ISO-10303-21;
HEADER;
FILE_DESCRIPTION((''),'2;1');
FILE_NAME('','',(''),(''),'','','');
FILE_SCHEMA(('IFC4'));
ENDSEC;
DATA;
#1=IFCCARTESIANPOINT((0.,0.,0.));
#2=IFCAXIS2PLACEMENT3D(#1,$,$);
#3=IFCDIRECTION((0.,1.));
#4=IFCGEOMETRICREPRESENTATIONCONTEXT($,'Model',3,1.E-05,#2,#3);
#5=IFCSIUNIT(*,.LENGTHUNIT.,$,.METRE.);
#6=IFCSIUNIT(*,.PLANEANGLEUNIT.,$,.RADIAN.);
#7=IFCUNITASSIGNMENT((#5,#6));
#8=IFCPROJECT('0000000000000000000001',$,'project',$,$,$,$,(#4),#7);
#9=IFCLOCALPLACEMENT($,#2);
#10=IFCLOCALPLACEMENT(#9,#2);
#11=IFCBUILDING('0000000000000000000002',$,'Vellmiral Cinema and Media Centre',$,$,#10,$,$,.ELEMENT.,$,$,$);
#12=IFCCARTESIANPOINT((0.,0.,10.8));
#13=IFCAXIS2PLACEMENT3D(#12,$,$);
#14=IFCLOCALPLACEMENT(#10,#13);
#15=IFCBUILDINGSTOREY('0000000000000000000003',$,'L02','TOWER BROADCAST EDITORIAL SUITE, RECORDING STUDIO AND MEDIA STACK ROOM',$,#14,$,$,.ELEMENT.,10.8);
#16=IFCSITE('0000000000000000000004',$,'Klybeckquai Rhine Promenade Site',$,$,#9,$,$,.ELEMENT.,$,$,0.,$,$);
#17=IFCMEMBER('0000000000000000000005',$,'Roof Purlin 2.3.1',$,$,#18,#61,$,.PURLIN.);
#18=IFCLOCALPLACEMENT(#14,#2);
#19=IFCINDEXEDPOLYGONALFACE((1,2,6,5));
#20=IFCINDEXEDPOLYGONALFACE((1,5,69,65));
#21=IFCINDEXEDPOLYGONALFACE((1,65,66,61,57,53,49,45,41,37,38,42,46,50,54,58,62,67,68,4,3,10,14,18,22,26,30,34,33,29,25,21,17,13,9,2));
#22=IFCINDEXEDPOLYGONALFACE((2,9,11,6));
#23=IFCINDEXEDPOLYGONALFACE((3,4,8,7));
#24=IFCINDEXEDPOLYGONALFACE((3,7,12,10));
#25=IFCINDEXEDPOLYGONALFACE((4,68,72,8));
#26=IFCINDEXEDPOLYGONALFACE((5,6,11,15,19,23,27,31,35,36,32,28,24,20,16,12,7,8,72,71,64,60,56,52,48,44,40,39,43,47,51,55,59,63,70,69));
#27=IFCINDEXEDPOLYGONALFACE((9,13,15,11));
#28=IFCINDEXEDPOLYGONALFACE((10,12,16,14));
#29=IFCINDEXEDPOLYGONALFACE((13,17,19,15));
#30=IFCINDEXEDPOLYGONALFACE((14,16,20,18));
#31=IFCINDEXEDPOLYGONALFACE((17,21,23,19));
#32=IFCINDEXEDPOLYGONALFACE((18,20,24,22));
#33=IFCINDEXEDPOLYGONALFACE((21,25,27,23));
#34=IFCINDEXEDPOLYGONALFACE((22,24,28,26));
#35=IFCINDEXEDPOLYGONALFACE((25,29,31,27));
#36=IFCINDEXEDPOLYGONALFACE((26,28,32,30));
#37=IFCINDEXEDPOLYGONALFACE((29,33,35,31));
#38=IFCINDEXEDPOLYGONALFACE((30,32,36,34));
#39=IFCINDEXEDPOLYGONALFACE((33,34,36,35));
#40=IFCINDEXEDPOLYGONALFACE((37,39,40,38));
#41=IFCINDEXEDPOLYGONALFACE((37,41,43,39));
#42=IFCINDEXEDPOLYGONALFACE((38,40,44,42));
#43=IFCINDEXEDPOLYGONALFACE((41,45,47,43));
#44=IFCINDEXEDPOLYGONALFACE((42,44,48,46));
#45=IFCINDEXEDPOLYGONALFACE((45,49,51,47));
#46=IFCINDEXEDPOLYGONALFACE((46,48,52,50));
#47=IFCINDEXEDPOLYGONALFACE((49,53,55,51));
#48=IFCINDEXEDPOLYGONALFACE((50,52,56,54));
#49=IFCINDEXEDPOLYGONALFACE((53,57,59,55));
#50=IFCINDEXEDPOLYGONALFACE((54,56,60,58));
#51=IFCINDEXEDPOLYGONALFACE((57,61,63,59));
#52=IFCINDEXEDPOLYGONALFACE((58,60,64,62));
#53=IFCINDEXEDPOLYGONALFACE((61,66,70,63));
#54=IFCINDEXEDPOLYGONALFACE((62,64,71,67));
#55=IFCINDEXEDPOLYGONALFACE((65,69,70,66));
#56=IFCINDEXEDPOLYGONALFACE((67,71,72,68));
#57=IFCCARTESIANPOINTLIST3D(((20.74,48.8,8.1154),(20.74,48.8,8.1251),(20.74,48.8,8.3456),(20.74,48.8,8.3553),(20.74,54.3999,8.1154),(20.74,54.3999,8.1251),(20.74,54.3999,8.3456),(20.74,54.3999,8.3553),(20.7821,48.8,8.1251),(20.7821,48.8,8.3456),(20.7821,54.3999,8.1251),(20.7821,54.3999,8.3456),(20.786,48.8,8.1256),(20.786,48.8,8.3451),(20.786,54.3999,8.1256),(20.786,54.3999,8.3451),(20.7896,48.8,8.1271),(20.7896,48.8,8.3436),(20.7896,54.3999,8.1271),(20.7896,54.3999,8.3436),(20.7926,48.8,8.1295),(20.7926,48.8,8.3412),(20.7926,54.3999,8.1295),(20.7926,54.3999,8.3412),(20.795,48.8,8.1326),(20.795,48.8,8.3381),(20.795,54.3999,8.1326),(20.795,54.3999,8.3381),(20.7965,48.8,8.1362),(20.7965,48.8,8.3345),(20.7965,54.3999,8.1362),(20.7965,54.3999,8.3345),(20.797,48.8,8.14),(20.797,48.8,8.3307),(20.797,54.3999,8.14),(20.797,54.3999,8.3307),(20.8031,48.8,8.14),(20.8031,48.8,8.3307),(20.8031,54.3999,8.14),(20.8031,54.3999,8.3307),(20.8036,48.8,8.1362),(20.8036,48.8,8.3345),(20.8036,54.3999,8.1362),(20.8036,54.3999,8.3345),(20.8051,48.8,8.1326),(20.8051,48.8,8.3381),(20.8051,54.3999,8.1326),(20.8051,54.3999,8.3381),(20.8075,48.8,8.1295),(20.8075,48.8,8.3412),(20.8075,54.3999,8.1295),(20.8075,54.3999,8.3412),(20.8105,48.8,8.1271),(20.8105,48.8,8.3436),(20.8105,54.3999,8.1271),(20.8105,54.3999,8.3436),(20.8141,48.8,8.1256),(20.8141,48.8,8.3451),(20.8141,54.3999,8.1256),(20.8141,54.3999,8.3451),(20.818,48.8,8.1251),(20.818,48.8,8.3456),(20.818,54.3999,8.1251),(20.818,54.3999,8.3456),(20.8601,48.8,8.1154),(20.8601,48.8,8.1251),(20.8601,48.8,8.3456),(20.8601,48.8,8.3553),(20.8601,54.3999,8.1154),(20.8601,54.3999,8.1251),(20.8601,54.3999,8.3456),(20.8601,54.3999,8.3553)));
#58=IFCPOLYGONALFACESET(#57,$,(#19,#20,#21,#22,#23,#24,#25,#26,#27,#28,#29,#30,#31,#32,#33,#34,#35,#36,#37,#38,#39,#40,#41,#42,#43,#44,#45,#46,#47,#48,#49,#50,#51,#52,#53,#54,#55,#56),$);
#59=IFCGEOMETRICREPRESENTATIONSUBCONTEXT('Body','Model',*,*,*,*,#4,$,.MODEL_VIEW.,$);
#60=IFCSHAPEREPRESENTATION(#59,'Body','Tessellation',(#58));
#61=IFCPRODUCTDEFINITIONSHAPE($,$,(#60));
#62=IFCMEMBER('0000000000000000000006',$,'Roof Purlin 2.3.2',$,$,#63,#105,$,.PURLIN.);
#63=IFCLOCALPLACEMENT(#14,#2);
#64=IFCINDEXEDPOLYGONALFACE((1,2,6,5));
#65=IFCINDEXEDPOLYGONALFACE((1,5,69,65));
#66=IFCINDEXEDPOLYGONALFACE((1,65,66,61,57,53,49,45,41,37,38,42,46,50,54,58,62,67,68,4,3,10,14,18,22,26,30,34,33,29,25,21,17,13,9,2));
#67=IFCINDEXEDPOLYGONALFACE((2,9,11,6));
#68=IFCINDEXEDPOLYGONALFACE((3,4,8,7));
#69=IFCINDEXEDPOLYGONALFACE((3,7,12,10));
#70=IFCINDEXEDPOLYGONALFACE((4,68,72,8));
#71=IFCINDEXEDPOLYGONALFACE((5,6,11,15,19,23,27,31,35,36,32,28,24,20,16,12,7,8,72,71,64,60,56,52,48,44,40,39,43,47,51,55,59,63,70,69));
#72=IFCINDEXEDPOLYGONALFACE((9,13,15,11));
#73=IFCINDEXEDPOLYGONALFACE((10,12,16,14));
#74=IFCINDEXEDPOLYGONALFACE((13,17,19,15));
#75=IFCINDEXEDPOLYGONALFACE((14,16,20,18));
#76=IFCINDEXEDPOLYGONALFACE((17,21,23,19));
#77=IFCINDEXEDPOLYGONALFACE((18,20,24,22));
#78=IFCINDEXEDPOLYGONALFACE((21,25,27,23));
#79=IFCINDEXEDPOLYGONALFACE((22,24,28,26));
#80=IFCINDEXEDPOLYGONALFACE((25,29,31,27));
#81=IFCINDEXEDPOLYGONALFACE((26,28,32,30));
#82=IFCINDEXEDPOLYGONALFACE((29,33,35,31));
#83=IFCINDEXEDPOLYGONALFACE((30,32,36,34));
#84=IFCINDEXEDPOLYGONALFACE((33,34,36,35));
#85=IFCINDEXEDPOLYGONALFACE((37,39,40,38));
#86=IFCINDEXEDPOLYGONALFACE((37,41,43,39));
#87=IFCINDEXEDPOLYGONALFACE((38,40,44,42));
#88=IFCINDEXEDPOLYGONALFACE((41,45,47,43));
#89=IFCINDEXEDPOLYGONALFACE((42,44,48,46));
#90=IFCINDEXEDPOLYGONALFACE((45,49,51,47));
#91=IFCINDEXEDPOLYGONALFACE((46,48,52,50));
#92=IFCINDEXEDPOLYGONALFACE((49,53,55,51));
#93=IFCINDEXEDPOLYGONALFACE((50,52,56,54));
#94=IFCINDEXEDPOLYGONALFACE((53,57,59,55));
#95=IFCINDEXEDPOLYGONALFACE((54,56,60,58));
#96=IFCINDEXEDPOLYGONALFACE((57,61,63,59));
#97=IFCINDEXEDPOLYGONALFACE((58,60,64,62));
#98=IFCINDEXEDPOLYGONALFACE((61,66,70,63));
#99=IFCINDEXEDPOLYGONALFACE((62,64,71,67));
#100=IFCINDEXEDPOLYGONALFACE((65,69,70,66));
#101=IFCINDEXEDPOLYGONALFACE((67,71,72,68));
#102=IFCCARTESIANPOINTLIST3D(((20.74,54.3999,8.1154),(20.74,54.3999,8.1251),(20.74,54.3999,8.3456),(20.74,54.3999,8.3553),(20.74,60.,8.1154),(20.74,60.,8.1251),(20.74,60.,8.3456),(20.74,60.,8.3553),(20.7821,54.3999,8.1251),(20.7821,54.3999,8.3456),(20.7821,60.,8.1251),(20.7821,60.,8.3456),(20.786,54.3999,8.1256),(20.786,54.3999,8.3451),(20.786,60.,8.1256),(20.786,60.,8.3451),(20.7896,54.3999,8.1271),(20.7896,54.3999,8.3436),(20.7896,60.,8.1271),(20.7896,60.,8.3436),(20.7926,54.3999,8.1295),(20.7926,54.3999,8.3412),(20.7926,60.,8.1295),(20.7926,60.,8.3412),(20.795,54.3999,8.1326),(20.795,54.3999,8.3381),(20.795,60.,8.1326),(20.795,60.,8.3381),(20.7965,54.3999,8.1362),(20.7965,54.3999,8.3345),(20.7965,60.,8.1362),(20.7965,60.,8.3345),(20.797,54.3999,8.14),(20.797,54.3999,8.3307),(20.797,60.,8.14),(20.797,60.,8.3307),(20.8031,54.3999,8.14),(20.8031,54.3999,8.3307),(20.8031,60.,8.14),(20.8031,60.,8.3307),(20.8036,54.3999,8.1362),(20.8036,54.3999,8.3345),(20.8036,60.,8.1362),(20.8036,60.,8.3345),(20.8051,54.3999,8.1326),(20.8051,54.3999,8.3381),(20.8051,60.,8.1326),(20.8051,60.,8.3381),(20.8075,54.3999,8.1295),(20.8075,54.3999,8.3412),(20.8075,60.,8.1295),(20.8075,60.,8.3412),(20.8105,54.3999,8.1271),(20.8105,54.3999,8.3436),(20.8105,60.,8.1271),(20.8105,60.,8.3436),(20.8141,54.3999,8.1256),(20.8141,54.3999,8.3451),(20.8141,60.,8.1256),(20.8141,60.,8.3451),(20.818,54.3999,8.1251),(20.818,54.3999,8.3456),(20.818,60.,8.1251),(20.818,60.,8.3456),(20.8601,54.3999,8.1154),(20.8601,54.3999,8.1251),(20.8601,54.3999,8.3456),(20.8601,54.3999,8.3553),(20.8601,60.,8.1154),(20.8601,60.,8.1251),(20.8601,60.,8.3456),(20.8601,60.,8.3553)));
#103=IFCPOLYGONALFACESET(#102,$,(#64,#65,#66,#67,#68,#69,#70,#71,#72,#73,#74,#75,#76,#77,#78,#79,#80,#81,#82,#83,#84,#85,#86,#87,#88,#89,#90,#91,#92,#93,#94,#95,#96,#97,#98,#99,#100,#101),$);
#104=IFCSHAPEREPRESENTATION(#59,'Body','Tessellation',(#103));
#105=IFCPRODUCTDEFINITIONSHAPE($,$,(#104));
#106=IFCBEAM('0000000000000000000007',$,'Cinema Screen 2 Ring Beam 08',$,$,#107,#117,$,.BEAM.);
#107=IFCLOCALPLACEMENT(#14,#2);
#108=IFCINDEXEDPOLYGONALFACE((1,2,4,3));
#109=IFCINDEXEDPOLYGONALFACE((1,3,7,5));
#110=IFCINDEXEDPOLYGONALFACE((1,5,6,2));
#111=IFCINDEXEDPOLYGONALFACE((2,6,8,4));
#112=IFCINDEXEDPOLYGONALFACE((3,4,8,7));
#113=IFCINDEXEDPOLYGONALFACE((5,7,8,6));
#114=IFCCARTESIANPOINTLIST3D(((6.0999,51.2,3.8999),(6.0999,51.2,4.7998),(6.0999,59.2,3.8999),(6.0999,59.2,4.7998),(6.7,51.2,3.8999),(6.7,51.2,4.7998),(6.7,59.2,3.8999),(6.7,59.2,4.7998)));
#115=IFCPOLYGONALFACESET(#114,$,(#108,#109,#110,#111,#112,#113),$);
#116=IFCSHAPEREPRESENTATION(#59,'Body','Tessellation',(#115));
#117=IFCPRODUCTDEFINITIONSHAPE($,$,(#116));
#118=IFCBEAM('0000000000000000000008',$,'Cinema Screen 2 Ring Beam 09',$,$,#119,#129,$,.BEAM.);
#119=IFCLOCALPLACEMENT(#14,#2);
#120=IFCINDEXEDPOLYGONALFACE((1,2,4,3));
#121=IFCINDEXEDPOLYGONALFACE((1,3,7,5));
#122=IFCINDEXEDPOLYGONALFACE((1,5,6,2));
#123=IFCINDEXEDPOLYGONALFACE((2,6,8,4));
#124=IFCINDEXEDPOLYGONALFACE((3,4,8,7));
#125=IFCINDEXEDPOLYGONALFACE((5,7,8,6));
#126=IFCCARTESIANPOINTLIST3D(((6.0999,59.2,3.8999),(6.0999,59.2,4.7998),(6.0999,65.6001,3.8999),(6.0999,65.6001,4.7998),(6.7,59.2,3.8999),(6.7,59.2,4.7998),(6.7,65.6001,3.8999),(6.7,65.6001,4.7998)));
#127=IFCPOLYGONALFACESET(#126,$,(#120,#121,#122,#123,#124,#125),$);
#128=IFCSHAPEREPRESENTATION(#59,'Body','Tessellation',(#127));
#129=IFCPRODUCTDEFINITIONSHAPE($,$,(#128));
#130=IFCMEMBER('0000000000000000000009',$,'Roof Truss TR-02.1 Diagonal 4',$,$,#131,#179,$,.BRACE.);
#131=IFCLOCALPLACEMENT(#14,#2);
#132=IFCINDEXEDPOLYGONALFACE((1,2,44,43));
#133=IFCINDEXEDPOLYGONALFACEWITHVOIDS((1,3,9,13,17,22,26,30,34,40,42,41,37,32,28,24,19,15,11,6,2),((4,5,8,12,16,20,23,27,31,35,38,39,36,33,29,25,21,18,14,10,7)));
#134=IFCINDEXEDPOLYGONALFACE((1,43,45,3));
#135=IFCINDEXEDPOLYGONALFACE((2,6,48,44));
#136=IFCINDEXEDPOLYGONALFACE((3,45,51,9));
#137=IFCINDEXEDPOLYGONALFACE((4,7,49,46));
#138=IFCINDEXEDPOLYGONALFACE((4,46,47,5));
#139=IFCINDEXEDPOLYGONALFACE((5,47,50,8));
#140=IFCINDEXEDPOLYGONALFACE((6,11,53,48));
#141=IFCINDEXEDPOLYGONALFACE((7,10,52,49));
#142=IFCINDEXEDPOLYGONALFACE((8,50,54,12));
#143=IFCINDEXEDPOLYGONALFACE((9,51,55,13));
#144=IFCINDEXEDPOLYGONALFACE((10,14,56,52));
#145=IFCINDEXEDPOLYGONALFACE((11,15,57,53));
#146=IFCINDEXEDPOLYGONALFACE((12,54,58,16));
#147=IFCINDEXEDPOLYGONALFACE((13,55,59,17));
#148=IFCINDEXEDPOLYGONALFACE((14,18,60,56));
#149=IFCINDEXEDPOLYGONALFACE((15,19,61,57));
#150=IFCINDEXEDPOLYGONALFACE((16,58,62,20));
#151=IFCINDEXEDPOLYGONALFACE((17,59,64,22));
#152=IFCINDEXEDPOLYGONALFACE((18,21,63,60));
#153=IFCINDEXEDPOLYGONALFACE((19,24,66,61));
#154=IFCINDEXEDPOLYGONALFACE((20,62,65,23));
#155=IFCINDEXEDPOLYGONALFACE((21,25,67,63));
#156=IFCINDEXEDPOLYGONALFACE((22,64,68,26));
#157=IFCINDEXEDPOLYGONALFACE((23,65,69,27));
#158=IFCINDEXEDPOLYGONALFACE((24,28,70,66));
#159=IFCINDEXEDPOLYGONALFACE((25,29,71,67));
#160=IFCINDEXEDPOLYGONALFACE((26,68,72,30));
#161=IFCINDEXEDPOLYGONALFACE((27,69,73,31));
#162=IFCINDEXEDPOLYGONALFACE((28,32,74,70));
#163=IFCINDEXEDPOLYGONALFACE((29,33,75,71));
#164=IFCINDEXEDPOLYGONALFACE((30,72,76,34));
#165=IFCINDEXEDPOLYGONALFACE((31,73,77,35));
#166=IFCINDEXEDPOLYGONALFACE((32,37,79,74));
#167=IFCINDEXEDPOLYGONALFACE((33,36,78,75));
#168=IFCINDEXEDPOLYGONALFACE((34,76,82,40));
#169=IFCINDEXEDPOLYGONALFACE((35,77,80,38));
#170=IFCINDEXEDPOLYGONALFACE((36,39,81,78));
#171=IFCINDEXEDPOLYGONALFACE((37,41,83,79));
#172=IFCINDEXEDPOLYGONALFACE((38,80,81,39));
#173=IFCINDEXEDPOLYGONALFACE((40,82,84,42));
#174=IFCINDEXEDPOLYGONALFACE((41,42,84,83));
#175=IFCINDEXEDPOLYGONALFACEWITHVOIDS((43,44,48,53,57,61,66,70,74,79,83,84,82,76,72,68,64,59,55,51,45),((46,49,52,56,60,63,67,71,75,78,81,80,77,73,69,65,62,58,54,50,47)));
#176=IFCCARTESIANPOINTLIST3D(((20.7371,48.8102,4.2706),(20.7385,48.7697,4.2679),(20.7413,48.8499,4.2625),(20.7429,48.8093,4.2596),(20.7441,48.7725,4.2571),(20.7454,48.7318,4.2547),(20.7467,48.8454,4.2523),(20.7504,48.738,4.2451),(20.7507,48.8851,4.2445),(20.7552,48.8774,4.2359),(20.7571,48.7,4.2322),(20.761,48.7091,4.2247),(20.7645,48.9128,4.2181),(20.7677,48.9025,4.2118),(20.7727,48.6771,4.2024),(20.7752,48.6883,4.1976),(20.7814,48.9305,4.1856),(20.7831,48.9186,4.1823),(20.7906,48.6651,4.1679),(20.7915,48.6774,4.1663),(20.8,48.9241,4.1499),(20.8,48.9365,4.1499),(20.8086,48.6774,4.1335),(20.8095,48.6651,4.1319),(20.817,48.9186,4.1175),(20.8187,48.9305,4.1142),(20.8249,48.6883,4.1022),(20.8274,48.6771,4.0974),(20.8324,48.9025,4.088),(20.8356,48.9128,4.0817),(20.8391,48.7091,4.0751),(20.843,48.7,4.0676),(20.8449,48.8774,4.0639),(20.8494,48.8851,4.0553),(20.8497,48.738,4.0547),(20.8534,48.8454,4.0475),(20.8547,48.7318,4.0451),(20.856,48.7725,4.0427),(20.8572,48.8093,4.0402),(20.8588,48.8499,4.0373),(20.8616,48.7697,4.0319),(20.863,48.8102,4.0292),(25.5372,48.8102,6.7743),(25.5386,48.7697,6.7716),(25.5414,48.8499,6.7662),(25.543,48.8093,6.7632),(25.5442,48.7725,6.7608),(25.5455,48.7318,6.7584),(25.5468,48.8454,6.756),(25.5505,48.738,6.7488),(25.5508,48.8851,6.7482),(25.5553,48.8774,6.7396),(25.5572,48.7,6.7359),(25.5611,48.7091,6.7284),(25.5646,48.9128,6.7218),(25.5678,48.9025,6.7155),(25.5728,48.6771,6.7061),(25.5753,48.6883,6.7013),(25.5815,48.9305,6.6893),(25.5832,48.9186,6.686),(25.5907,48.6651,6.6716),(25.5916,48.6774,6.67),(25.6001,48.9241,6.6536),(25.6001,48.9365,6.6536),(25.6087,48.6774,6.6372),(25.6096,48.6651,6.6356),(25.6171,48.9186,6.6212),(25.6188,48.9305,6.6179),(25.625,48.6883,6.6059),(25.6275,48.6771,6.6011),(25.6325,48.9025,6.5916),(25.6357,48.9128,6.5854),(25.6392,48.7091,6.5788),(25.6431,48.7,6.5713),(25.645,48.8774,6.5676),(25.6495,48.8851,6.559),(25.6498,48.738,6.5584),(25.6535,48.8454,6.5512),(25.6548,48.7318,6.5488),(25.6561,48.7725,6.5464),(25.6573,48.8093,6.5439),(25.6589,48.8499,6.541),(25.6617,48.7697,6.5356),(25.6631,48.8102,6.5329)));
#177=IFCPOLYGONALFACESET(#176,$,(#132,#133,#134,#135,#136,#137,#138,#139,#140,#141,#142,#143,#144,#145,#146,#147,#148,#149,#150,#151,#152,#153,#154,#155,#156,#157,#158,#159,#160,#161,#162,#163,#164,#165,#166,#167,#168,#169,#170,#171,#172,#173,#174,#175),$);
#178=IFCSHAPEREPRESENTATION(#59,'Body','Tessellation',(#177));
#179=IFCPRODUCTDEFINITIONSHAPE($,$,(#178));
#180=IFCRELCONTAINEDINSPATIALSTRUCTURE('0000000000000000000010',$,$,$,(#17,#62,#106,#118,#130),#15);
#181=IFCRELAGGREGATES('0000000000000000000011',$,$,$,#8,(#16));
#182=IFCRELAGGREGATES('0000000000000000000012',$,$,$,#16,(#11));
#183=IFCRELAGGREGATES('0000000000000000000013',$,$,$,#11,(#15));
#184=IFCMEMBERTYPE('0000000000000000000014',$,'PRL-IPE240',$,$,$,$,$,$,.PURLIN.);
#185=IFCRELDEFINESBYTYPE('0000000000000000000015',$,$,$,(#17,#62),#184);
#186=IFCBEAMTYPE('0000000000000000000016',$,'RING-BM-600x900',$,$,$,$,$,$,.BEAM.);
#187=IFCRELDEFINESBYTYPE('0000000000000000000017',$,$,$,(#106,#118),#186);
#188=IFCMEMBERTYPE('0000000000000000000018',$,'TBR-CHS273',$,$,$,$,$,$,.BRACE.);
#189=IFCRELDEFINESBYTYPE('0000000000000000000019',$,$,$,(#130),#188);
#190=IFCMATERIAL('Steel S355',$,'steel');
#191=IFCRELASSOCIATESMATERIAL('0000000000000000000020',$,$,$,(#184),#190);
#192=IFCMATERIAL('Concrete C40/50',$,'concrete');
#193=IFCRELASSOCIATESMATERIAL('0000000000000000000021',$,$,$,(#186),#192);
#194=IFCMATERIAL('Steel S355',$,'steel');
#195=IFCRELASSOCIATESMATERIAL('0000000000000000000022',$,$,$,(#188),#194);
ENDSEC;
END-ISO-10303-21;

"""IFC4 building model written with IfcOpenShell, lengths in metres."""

from ifc_helpers import new_model, si_unit, direction, frame, origin, origin_2d, place, context, subcontext, project, spatial, rectangle, hollow_circle, i_section, extrude, material, material_profile, profile_set, type_object, element, save


model = new_model("IFC4")

# Units and contexts
model_context = context("Model", 3, precision=1e-05, world=origin(), true_north=direction((0.0, 1.0)))
body_context = subcontext(model_context, "Body", "Model", "MODEL_VIEW")
ifc_project = project(units=[si_unit("LENGTHUNIT", "METRE"), si_unit("PLANEANGLEUNIT", "RADIAN")], contexts=[model_context])

# Site, building, storey
site_placement = place(None, origin())
site = spatial("IfcSite", under=ifc_project, at=site_placement, Name="Klybeckquai Rhine Promenade Site", CompositionType="ELEMENT", RefElevation=0.0)
building_placement = place(site_placement, origin())
building = spatial("IfcBuilding", under=site, at=building_placement, Name="Vellmiral Cinema and Media Centre", CompositionType="ELEMENT")
storey_placement = place(building_placement, frame((0.0, 0.0, 10.8)))
storey = spatial("IfcBuildingStorey", under=building, at=storey_placement, Name="L02", Description="TOWER BROADCAST EDITORIAL SUITE, RECORDING STUDIO AND MEDIA STACK ROOM", CompositionType="ELEMENT", Elevation=10.8)

# Members
ifc_material_1 = material(Name="Steel S355", Category="steel")
ifc_material_profile_1 = material_profile(ifc_material_1, i_section(OverallWidth=0.1201, OverallDepth=0.24, WebThickness=0.0061, FlangeThickness=0.0098, FilletRadius=0.0149, at=origin_2d()), Name="IPE 240")
ifc_profile_set_1 = profile_set([ifc_material_profile_1], Name="Steel S355")
member_type_1 = type_object("IfcMemberType", Name="PRL-IPE240", PredefinedType="PURLIN", material=ifc_profile_set_1)
member_1_placement = place(storey_placement, frame((20.8, 48.8, 8.2354), z_axis=(0.0, 1.0, 0.0), x_axis=(-1.0, 0.0, 0.0)))
element("IfcMember", 1, at=member_1_placement, inside=storey, type_object=member_type_1, Name="Roof Purlin 2.3.1", PredefinedType="PURLIN", context=body_context, shape_type="SweptSolid", body=[
    extrude(i_section(OverallWidth=0.1201, OverallDepth=0.24, WebThickness=0.0061, FlangeThickness=0.0098, FilletRadius=0.0149, at=origin_2d()), origin(), (0.0, 0.0, 1.0), 5.5999),
])
member_2_placement = place(storey_placement, frame((20.8, 54.3999, 8.2354), z_axis=(0.0, 1.0, 0.0), x_axis=(-1.0, 0.0, 0.0)))
element("IfcMember", 2, at=member_2_placement, inside=storey, type_object=member_type_1, Name="Roof Purlin 2.3.2", PredefinedType="PURLIN", context=body_context, shape_type="SweptSolid", body=[
    extrude(i_section(OverallWidth=0.1201, OverallDepth=0.24, WebThickness=0.0061, FlangeThickness=0.0098, FilletRadius=0.0149, at=origin_2d()), origin(), (0.0, 0.0, 1.0), 5.6001),
])

# Beams
ifc_material_2 = material(Name="Concrete C40/50", Category="concrete")
ifc_material_profile_2 = material_profile(ifc_material_2, rectangle(XDim=0.6001, YDim=0.8999, at=origin_2d()), Name="RC 600x900")
ifc_profile_set_2 = profile_set([ifc_material_profile_2], Name="Concrete C40/50")
beam_type = type_object("IfcBeamType", Name="RING-BM-600x900", PredefinedType="BEAM", material=ifc_profile_set_2)
beam_1_placement = place(storey_placement, frame((6.3999, 51.2, 4.3499), z_axis=(0.0, 1.0, 0.0), x_axis=(-1.0, 0.0, 0.0)))
element("IfcBeam", 3, at=beam_1_placement, inside=storey, type_object=beam_type, Name="Cinema Screen 2 Ring Beam 08", PredefinedType="BEAM", context=body_context, shape_type="SweptSolid", body=[
    extrude(rectangle(XDim=0.6001, YDim=0.8999, at=origin_2d()), origin(), (0.0, 0.0, 1.0), 8.0),
])
beam_2_placement = place(storey_placement, frame((6.3999, 59.2, 4.3499), z_axis=(0.0, 1.0, 0.0), x_axis=(-1.0, 0.0, 0.0)))
element("IfcBeam", 4, at=beam_2_placement, inside=storey, type_object=beam_type, Name="Cinema Screen 2 Ring Beam 09", PredefinedType="BEAM", context=body_context, shape_type="SweptSolid", body=[
    extrude(rectangle(XDim=0.6001, YDim=0.8999, at=origin_2d()), origin(), (0.0, 0.0, 1.0), 6.4001),
])

# Member
ifc_material_3 = material(Name="Steel S355", Category="steel")
ifc_material_profile_3 = material_profile(ifc_material_3, hollow_circle(Radius=0.1365, WallThickness=0.0125, at=origin_2d()), Name="CHS 273.0x12.5")
ifc_profile_set_3 = profile_set([ifc_material_profile_3], Name="Steel S355")
member_type_2 = type_object("IfcMemberType", Name="TBR-CHS273", PredefinedType="BRACE", material=ifc_profile_set_3)
member_3_placement = place(storey_placement, frame((20.8, 48.8, 4.1499), z_axis=(0.886639, 0.0, 0.462463), x_axis=(0.0, 1.0, 0.0)))
element("IfcMember", 5, at=member_3_placement, inside=storey, type_object=member_type_2, Name="Roof Truss TR-02.1 Diagonal 4", PredefinedType="BRACE", context=body_context, shape_type="SweptSolid", body=[
    extrude(hollow_circle(Radius=0.1365, WallThickness=0.0125, at=origin_2d()), origin(), (0.0, 0.0, 1.0), 5.4138),
])

save(model, "model.ifc")
